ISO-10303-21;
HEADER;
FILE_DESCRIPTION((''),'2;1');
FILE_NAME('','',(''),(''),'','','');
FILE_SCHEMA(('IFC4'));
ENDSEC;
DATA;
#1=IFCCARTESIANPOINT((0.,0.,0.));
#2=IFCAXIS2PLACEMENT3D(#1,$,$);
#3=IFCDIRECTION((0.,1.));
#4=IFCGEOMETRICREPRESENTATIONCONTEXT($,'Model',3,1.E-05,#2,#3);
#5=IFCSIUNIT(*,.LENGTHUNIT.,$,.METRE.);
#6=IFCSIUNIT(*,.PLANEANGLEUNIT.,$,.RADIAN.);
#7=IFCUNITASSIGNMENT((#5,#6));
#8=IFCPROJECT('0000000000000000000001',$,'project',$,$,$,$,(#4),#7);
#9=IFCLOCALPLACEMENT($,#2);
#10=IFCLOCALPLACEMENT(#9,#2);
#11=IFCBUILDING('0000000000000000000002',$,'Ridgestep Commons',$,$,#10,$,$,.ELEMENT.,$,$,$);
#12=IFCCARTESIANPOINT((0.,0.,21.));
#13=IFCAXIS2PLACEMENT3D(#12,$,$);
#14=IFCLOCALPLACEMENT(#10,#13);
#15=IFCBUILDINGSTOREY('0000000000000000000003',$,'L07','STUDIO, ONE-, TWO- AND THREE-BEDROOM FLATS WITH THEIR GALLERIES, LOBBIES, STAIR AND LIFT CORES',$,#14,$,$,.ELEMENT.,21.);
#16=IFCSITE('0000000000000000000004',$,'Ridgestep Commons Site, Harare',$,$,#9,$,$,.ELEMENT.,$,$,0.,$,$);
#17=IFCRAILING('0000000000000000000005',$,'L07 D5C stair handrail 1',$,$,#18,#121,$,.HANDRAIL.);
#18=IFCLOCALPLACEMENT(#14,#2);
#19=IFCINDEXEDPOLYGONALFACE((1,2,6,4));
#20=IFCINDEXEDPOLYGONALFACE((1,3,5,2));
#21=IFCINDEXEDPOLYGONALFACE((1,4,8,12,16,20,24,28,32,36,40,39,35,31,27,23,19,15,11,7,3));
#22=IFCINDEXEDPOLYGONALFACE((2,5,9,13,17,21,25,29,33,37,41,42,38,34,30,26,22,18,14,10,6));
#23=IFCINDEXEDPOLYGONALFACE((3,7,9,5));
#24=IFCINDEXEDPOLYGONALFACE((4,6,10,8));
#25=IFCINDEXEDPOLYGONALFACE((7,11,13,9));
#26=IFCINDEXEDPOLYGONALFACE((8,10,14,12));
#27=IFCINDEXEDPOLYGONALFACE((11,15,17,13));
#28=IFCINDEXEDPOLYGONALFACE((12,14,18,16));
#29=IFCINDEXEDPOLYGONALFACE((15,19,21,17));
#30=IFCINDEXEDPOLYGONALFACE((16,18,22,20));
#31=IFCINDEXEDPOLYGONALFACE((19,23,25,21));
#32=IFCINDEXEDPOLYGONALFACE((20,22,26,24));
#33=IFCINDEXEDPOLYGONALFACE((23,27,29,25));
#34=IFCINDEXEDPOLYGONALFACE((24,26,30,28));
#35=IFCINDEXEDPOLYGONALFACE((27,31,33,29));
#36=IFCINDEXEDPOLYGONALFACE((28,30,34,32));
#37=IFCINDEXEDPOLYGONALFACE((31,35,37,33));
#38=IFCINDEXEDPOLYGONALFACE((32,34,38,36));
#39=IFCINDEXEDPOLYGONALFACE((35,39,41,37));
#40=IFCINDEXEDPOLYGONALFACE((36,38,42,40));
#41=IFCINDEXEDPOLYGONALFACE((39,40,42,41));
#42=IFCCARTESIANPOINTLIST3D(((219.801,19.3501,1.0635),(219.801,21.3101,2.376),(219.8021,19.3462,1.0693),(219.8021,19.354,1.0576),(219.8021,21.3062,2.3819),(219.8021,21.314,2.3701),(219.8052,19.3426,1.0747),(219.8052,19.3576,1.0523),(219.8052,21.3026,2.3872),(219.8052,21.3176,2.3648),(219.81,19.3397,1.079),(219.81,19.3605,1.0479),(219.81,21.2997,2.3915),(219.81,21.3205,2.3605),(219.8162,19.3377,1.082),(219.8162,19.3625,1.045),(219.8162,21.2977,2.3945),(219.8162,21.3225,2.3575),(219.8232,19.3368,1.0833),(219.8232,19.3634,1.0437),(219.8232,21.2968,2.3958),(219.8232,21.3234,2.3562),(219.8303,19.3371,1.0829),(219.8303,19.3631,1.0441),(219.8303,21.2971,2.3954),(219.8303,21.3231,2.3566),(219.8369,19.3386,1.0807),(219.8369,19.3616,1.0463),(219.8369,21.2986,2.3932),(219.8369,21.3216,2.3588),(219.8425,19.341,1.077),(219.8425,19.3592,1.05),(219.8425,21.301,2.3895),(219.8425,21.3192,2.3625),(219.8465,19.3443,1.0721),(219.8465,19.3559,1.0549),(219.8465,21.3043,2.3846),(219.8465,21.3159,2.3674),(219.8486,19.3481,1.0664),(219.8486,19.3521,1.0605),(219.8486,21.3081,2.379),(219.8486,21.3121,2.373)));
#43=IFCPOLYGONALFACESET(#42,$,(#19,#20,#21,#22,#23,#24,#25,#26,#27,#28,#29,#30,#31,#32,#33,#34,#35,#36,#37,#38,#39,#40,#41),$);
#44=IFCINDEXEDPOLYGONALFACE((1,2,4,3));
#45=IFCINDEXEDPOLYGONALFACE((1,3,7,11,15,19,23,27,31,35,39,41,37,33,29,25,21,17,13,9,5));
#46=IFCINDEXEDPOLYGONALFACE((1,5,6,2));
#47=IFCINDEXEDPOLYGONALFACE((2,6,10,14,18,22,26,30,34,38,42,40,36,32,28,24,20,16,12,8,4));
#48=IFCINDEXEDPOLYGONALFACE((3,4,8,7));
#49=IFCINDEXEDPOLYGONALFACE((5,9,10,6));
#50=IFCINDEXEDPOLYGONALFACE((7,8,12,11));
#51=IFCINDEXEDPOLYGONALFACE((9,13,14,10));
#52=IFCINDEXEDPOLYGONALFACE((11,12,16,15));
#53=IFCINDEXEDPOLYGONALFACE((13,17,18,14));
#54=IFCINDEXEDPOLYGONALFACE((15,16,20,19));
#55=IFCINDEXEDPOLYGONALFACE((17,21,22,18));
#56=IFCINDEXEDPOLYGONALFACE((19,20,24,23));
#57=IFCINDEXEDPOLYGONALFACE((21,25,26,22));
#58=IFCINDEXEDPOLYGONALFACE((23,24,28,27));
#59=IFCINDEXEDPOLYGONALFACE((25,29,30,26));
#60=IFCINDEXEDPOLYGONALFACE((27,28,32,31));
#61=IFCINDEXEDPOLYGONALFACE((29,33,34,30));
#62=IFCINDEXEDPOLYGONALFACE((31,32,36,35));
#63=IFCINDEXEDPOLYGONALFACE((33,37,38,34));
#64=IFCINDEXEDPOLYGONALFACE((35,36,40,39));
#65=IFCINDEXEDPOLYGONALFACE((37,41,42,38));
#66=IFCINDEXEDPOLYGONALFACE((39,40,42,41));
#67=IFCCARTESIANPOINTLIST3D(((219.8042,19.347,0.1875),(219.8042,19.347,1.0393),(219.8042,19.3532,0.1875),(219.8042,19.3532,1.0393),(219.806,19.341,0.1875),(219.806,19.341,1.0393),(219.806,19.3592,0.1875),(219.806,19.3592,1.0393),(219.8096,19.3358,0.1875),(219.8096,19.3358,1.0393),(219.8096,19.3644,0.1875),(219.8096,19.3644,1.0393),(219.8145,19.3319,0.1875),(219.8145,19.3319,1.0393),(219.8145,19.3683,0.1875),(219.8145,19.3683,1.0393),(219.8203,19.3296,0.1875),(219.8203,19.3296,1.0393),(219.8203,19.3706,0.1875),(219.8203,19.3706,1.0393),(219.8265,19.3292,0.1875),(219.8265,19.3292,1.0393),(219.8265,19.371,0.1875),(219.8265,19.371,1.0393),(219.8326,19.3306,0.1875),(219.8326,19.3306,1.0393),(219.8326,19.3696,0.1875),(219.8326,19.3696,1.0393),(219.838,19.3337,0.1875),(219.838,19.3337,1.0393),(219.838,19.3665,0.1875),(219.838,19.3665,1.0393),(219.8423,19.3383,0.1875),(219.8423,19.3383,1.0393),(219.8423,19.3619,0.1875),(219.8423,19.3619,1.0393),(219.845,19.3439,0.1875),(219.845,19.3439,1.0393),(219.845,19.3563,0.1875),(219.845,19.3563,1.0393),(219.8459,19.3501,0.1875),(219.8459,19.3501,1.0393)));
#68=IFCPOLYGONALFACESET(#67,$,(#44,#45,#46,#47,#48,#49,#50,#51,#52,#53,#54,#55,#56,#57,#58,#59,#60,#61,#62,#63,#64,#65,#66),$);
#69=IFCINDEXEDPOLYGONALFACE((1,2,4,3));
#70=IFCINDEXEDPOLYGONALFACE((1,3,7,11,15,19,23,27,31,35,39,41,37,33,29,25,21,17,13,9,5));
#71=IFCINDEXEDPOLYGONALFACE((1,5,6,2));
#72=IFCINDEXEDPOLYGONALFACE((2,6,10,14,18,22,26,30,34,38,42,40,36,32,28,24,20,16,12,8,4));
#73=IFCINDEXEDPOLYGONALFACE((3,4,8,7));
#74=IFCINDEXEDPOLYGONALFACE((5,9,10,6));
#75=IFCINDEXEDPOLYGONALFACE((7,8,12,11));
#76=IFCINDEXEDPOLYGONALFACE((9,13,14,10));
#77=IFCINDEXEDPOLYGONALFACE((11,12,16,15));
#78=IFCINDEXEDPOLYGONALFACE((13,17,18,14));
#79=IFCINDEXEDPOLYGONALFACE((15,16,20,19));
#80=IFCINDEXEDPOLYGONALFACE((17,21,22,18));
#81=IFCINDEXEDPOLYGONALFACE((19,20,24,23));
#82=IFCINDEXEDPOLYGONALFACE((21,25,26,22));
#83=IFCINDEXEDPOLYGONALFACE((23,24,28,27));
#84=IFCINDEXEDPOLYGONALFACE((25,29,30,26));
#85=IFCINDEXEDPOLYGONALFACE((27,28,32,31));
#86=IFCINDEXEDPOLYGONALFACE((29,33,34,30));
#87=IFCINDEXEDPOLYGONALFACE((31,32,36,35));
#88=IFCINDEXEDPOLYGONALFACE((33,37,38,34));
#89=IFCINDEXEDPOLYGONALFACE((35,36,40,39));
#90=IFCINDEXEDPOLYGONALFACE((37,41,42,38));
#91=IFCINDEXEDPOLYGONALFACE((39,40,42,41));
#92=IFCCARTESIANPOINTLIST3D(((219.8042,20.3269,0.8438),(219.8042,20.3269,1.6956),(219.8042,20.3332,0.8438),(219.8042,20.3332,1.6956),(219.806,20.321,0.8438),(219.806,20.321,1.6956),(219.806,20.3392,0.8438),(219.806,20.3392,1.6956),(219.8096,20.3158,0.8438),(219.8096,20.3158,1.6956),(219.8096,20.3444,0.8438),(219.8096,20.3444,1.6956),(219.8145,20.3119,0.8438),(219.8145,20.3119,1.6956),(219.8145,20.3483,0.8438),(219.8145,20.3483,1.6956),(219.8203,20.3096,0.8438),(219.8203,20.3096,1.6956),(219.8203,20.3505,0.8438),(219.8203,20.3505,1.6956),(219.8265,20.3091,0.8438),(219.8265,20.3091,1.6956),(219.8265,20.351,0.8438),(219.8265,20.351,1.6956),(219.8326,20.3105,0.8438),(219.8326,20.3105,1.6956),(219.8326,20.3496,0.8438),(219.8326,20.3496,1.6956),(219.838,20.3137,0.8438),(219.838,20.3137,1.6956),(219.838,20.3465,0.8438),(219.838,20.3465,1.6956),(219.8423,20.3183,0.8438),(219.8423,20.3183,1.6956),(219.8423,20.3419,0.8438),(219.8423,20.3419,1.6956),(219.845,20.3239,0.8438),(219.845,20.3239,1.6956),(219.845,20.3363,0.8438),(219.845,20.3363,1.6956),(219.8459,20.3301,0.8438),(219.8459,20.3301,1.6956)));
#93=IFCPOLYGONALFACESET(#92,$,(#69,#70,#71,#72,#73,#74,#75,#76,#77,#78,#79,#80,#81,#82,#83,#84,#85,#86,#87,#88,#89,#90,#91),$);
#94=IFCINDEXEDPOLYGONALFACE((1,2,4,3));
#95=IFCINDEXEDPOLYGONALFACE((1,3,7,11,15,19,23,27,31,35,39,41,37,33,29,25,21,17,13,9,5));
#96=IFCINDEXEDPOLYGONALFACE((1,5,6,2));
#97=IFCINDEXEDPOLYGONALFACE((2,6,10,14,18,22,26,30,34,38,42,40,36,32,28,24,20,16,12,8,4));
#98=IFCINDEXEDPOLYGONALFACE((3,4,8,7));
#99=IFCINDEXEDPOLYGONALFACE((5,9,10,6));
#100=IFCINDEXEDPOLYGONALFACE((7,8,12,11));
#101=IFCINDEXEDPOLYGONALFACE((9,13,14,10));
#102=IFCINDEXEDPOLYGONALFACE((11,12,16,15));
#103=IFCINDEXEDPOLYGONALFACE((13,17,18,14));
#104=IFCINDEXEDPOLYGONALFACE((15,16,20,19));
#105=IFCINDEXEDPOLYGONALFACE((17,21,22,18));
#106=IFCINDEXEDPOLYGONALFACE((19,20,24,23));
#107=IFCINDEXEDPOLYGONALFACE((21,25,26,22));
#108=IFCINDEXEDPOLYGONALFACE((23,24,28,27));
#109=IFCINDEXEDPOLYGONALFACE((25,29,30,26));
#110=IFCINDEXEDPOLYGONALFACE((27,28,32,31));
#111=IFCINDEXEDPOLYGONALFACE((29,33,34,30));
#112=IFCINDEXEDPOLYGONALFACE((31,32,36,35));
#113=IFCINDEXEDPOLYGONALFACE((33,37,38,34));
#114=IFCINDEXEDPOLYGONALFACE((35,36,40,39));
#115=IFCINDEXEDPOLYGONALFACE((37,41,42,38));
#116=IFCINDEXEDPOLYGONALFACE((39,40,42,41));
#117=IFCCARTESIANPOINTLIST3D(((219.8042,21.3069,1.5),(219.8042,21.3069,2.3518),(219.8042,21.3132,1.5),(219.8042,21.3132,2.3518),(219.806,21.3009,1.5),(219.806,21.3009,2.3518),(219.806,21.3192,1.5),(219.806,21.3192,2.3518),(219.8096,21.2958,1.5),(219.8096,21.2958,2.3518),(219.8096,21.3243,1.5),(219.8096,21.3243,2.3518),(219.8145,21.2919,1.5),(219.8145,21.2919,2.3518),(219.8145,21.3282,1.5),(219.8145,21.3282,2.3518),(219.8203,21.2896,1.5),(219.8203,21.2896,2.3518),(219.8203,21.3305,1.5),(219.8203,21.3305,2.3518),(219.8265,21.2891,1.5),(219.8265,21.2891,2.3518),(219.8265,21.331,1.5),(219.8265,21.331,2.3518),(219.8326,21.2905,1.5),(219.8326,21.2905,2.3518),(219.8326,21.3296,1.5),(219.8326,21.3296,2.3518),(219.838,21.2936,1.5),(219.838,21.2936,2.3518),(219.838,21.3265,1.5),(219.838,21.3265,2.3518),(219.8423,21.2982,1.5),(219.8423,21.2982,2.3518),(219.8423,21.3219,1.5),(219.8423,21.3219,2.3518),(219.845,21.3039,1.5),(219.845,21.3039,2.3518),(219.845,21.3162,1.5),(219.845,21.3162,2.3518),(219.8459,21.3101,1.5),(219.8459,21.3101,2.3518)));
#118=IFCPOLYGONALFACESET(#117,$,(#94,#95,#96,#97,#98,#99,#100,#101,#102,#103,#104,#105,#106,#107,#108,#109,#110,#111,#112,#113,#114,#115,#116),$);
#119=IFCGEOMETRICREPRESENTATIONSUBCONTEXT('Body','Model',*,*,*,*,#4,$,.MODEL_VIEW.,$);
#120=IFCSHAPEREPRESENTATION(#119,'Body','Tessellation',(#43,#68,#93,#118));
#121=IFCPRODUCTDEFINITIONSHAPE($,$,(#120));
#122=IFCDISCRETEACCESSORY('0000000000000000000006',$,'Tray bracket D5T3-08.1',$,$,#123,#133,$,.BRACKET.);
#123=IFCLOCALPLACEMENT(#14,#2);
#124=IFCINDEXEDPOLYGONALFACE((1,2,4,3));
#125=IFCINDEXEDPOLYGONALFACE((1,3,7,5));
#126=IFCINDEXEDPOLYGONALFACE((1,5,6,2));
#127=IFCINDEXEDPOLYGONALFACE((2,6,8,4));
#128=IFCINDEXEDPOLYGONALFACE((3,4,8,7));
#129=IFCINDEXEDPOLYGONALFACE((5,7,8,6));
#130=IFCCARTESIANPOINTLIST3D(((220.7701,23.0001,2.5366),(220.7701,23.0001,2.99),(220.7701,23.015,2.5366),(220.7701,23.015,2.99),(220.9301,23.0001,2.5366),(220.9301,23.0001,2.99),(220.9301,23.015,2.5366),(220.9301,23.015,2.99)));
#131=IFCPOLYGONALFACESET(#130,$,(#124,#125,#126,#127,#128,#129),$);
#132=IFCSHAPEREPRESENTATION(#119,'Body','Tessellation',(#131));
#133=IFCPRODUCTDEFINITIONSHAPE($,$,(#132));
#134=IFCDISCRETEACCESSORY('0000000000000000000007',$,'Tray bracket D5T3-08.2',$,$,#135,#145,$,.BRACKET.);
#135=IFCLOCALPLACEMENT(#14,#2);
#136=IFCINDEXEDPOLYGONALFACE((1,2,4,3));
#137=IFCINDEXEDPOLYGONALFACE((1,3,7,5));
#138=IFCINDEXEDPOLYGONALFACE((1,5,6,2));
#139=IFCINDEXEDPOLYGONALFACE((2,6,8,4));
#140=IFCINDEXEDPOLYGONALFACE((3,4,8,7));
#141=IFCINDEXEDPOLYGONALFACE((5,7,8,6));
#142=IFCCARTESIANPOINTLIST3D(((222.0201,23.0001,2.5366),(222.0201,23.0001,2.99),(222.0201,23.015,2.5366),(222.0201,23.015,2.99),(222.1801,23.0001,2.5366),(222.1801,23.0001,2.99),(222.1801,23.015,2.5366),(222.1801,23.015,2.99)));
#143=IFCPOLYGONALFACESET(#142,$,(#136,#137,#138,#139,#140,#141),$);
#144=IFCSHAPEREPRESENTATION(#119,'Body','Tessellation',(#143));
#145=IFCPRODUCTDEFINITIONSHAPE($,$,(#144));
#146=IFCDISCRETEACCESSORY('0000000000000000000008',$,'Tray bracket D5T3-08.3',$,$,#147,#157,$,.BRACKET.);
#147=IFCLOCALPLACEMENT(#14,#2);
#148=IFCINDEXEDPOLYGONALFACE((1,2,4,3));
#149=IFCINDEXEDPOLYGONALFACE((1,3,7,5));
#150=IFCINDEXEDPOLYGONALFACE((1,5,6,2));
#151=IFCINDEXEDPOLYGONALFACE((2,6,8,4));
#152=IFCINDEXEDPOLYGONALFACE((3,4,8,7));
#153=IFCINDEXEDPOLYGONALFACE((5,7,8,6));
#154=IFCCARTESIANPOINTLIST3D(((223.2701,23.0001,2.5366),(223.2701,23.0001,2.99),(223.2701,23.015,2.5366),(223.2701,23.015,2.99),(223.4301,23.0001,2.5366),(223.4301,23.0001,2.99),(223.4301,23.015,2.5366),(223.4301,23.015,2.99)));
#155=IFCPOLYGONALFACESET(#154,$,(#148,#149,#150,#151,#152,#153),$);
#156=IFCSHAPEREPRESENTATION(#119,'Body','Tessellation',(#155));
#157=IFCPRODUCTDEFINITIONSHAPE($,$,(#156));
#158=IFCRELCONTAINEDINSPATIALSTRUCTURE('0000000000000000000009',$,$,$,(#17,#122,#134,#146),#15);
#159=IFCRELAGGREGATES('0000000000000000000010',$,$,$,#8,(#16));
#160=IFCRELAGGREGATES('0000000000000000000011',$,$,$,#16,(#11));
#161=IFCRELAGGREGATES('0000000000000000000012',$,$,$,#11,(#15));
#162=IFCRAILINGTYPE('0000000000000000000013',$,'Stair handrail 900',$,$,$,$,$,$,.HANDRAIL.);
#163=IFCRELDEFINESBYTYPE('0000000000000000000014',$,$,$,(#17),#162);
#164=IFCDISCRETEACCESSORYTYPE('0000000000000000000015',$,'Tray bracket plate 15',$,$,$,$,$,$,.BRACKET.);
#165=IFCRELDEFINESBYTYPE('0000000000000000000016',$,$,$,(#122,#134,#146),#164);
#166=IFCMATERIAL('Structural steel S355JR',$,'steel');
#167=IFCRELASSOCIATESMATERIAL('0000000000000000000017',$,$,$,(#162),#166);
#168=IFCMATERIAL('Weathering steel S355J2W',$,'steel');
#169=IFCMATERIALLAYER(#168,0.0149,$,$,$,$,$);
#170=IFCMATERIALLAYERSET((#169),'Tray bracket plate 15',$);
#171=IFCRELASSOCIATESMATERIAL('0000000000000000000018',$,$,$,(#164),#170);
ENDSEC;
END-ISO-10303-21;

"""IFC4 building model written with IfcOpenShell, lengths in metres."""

from ifc_helpers import new_model, si_unit, direction, frame, origin, origin_2d, place, context, subcontext, project, spatial, rectangle, circle, extrude, material, layer, layer_set, type_object, element, save


model = new_model("IFC4")

# Units and contexts
model_context = context("Model", 3, precision=1e-05, world=origin(), true_north=direction((0.0, 1.0)))
body_context = subcontext(model_context, "Body", "Model", "MODEL_VIEW")
ifc_project = project(units=[si_unit("LENGTHUNIT", "METRE"), si_unit("PLANEANGLEUNIT", "RADIAN")], contexts=[model_context])

# Site, building, storey
site_placement = place(None, origin())
site = spatial("IfcSite", under=ifc_project, at=site_placement, Name="Ridgestep Commons Site, Harare", CompositionType="ELEMENT", RefElevation=0.0)
building_placement = place(site_placement, origin())
building = spatial("IfcBuilding", under=site, at=building_placement, Name="Ridgestep Commons", CompositionType="ELEMENT")
storey_placement = place(building_placement, frame((0.0, 0.0, 21.0)))
storey = spatial("IfcBuildingStorey", under=building, at=storey_placement, Name="L07", Description="STUDIO, ONE-, TWO- AND THREE-BEDROOM FLATS WITH THEIR GALLERIES, LOBBIES, STAIR AND LIFT CORES", CompositionType="ELEMENT", Elevation=21.0)

# Railing
ifc_material_1 = material(Name="Structural steel S355JR", Category="steel")
railing_type = type_object("IfcRailingType", Name="Stair handrail 900", PredefinedType="HANDRAIL", material=ifc_material_1)
railing_placement = place(storey_placement, frame((219.825, 19.3501, 0.1875)))
element("IfcRailing", 1, at=railing_placement, inside=storey, type_object=railing_type, Name="L07 D5C stair handrail 1", PredefinedType="HANDRAIL", context=body_context, shape_type="SweptSolid", body=[
    extrude(circle(Radius=0.0239, at=origin_2d()), frame((0.0, 0.0, 0.876), z_axis=(0.0, 0.830902, 0.556419), x_axis=(-1.0, 0.0, 0.0)), (0.0, 0.0, 1.0), 2.3589),
    extrude(circle(Radius=0.021, at=origin_2d()), origin(), (0.0, 0.0, 1.0), 0.8518),
    extrude(circle(Radius=0.021, at=origin_2d()), frame((0.0, 0.98, 0.6562)), (0.0, 0.0, 1.0), 0.8518),
    extrude(circle(Radius=0.021, at=origin_2d()), frame((0.0, 1.96, 1.3125)), (0.0, 0.0, 1.0), 0.8518),
])

# Discrete accessories
ifc_material_2 = material(Name="Weathering steel S355J2W", Category="steel")
ifc_layer_1 = layer(ifc_material_2, 0.0149)
ifc_layer_set_1 = layer_set([ifc_layer_1], Name="Tray bracket plate 15")
discrete_accessory_type = type_object("IfcDiscreteAccessoryType", Name="Tray bracket plate 15", PredefinedType="BRACKET", material=ifc_layer_set_1)
for number, where, z_axis, x_axis, name in (
    (2, (220.8501, 23.0076, 2.5366), (0.0, 0.0, 1.0), (1.0, 0.0, 0.0), "Tray bracket D5T3-08.1"),
    (3, (222.1001, 23.0076, 2.5366), (0.0, 0.0, 1.0), (1.0, 0.0, 0.0), "Tray bracket D5T3-08.2"),
    (4, (223.3501, 23.0076, 2.5366), (0.0, 0.0, 1.0), (1.0, 0.0, 0.0), "Tray bracket D5T3-08.3"),
):
    element("IfcDiscreteAccessory", number, at=place(storey_placement, frame(where, z_axis=z_axis, x_axis=x_axis)), inside=storey, type_object=discrete_accessory_type, Name=name, PredefinedType="BRACKET", context=body_context, shape_type="SweptSolid", body=[
        extrude(rectangle(XDim=0.1599, YDim=0.0149, at=origin_2d()), origin(), (0.0, 0.0, 1.0), 0.4534),
    ])

save(model, "model.ifc")
